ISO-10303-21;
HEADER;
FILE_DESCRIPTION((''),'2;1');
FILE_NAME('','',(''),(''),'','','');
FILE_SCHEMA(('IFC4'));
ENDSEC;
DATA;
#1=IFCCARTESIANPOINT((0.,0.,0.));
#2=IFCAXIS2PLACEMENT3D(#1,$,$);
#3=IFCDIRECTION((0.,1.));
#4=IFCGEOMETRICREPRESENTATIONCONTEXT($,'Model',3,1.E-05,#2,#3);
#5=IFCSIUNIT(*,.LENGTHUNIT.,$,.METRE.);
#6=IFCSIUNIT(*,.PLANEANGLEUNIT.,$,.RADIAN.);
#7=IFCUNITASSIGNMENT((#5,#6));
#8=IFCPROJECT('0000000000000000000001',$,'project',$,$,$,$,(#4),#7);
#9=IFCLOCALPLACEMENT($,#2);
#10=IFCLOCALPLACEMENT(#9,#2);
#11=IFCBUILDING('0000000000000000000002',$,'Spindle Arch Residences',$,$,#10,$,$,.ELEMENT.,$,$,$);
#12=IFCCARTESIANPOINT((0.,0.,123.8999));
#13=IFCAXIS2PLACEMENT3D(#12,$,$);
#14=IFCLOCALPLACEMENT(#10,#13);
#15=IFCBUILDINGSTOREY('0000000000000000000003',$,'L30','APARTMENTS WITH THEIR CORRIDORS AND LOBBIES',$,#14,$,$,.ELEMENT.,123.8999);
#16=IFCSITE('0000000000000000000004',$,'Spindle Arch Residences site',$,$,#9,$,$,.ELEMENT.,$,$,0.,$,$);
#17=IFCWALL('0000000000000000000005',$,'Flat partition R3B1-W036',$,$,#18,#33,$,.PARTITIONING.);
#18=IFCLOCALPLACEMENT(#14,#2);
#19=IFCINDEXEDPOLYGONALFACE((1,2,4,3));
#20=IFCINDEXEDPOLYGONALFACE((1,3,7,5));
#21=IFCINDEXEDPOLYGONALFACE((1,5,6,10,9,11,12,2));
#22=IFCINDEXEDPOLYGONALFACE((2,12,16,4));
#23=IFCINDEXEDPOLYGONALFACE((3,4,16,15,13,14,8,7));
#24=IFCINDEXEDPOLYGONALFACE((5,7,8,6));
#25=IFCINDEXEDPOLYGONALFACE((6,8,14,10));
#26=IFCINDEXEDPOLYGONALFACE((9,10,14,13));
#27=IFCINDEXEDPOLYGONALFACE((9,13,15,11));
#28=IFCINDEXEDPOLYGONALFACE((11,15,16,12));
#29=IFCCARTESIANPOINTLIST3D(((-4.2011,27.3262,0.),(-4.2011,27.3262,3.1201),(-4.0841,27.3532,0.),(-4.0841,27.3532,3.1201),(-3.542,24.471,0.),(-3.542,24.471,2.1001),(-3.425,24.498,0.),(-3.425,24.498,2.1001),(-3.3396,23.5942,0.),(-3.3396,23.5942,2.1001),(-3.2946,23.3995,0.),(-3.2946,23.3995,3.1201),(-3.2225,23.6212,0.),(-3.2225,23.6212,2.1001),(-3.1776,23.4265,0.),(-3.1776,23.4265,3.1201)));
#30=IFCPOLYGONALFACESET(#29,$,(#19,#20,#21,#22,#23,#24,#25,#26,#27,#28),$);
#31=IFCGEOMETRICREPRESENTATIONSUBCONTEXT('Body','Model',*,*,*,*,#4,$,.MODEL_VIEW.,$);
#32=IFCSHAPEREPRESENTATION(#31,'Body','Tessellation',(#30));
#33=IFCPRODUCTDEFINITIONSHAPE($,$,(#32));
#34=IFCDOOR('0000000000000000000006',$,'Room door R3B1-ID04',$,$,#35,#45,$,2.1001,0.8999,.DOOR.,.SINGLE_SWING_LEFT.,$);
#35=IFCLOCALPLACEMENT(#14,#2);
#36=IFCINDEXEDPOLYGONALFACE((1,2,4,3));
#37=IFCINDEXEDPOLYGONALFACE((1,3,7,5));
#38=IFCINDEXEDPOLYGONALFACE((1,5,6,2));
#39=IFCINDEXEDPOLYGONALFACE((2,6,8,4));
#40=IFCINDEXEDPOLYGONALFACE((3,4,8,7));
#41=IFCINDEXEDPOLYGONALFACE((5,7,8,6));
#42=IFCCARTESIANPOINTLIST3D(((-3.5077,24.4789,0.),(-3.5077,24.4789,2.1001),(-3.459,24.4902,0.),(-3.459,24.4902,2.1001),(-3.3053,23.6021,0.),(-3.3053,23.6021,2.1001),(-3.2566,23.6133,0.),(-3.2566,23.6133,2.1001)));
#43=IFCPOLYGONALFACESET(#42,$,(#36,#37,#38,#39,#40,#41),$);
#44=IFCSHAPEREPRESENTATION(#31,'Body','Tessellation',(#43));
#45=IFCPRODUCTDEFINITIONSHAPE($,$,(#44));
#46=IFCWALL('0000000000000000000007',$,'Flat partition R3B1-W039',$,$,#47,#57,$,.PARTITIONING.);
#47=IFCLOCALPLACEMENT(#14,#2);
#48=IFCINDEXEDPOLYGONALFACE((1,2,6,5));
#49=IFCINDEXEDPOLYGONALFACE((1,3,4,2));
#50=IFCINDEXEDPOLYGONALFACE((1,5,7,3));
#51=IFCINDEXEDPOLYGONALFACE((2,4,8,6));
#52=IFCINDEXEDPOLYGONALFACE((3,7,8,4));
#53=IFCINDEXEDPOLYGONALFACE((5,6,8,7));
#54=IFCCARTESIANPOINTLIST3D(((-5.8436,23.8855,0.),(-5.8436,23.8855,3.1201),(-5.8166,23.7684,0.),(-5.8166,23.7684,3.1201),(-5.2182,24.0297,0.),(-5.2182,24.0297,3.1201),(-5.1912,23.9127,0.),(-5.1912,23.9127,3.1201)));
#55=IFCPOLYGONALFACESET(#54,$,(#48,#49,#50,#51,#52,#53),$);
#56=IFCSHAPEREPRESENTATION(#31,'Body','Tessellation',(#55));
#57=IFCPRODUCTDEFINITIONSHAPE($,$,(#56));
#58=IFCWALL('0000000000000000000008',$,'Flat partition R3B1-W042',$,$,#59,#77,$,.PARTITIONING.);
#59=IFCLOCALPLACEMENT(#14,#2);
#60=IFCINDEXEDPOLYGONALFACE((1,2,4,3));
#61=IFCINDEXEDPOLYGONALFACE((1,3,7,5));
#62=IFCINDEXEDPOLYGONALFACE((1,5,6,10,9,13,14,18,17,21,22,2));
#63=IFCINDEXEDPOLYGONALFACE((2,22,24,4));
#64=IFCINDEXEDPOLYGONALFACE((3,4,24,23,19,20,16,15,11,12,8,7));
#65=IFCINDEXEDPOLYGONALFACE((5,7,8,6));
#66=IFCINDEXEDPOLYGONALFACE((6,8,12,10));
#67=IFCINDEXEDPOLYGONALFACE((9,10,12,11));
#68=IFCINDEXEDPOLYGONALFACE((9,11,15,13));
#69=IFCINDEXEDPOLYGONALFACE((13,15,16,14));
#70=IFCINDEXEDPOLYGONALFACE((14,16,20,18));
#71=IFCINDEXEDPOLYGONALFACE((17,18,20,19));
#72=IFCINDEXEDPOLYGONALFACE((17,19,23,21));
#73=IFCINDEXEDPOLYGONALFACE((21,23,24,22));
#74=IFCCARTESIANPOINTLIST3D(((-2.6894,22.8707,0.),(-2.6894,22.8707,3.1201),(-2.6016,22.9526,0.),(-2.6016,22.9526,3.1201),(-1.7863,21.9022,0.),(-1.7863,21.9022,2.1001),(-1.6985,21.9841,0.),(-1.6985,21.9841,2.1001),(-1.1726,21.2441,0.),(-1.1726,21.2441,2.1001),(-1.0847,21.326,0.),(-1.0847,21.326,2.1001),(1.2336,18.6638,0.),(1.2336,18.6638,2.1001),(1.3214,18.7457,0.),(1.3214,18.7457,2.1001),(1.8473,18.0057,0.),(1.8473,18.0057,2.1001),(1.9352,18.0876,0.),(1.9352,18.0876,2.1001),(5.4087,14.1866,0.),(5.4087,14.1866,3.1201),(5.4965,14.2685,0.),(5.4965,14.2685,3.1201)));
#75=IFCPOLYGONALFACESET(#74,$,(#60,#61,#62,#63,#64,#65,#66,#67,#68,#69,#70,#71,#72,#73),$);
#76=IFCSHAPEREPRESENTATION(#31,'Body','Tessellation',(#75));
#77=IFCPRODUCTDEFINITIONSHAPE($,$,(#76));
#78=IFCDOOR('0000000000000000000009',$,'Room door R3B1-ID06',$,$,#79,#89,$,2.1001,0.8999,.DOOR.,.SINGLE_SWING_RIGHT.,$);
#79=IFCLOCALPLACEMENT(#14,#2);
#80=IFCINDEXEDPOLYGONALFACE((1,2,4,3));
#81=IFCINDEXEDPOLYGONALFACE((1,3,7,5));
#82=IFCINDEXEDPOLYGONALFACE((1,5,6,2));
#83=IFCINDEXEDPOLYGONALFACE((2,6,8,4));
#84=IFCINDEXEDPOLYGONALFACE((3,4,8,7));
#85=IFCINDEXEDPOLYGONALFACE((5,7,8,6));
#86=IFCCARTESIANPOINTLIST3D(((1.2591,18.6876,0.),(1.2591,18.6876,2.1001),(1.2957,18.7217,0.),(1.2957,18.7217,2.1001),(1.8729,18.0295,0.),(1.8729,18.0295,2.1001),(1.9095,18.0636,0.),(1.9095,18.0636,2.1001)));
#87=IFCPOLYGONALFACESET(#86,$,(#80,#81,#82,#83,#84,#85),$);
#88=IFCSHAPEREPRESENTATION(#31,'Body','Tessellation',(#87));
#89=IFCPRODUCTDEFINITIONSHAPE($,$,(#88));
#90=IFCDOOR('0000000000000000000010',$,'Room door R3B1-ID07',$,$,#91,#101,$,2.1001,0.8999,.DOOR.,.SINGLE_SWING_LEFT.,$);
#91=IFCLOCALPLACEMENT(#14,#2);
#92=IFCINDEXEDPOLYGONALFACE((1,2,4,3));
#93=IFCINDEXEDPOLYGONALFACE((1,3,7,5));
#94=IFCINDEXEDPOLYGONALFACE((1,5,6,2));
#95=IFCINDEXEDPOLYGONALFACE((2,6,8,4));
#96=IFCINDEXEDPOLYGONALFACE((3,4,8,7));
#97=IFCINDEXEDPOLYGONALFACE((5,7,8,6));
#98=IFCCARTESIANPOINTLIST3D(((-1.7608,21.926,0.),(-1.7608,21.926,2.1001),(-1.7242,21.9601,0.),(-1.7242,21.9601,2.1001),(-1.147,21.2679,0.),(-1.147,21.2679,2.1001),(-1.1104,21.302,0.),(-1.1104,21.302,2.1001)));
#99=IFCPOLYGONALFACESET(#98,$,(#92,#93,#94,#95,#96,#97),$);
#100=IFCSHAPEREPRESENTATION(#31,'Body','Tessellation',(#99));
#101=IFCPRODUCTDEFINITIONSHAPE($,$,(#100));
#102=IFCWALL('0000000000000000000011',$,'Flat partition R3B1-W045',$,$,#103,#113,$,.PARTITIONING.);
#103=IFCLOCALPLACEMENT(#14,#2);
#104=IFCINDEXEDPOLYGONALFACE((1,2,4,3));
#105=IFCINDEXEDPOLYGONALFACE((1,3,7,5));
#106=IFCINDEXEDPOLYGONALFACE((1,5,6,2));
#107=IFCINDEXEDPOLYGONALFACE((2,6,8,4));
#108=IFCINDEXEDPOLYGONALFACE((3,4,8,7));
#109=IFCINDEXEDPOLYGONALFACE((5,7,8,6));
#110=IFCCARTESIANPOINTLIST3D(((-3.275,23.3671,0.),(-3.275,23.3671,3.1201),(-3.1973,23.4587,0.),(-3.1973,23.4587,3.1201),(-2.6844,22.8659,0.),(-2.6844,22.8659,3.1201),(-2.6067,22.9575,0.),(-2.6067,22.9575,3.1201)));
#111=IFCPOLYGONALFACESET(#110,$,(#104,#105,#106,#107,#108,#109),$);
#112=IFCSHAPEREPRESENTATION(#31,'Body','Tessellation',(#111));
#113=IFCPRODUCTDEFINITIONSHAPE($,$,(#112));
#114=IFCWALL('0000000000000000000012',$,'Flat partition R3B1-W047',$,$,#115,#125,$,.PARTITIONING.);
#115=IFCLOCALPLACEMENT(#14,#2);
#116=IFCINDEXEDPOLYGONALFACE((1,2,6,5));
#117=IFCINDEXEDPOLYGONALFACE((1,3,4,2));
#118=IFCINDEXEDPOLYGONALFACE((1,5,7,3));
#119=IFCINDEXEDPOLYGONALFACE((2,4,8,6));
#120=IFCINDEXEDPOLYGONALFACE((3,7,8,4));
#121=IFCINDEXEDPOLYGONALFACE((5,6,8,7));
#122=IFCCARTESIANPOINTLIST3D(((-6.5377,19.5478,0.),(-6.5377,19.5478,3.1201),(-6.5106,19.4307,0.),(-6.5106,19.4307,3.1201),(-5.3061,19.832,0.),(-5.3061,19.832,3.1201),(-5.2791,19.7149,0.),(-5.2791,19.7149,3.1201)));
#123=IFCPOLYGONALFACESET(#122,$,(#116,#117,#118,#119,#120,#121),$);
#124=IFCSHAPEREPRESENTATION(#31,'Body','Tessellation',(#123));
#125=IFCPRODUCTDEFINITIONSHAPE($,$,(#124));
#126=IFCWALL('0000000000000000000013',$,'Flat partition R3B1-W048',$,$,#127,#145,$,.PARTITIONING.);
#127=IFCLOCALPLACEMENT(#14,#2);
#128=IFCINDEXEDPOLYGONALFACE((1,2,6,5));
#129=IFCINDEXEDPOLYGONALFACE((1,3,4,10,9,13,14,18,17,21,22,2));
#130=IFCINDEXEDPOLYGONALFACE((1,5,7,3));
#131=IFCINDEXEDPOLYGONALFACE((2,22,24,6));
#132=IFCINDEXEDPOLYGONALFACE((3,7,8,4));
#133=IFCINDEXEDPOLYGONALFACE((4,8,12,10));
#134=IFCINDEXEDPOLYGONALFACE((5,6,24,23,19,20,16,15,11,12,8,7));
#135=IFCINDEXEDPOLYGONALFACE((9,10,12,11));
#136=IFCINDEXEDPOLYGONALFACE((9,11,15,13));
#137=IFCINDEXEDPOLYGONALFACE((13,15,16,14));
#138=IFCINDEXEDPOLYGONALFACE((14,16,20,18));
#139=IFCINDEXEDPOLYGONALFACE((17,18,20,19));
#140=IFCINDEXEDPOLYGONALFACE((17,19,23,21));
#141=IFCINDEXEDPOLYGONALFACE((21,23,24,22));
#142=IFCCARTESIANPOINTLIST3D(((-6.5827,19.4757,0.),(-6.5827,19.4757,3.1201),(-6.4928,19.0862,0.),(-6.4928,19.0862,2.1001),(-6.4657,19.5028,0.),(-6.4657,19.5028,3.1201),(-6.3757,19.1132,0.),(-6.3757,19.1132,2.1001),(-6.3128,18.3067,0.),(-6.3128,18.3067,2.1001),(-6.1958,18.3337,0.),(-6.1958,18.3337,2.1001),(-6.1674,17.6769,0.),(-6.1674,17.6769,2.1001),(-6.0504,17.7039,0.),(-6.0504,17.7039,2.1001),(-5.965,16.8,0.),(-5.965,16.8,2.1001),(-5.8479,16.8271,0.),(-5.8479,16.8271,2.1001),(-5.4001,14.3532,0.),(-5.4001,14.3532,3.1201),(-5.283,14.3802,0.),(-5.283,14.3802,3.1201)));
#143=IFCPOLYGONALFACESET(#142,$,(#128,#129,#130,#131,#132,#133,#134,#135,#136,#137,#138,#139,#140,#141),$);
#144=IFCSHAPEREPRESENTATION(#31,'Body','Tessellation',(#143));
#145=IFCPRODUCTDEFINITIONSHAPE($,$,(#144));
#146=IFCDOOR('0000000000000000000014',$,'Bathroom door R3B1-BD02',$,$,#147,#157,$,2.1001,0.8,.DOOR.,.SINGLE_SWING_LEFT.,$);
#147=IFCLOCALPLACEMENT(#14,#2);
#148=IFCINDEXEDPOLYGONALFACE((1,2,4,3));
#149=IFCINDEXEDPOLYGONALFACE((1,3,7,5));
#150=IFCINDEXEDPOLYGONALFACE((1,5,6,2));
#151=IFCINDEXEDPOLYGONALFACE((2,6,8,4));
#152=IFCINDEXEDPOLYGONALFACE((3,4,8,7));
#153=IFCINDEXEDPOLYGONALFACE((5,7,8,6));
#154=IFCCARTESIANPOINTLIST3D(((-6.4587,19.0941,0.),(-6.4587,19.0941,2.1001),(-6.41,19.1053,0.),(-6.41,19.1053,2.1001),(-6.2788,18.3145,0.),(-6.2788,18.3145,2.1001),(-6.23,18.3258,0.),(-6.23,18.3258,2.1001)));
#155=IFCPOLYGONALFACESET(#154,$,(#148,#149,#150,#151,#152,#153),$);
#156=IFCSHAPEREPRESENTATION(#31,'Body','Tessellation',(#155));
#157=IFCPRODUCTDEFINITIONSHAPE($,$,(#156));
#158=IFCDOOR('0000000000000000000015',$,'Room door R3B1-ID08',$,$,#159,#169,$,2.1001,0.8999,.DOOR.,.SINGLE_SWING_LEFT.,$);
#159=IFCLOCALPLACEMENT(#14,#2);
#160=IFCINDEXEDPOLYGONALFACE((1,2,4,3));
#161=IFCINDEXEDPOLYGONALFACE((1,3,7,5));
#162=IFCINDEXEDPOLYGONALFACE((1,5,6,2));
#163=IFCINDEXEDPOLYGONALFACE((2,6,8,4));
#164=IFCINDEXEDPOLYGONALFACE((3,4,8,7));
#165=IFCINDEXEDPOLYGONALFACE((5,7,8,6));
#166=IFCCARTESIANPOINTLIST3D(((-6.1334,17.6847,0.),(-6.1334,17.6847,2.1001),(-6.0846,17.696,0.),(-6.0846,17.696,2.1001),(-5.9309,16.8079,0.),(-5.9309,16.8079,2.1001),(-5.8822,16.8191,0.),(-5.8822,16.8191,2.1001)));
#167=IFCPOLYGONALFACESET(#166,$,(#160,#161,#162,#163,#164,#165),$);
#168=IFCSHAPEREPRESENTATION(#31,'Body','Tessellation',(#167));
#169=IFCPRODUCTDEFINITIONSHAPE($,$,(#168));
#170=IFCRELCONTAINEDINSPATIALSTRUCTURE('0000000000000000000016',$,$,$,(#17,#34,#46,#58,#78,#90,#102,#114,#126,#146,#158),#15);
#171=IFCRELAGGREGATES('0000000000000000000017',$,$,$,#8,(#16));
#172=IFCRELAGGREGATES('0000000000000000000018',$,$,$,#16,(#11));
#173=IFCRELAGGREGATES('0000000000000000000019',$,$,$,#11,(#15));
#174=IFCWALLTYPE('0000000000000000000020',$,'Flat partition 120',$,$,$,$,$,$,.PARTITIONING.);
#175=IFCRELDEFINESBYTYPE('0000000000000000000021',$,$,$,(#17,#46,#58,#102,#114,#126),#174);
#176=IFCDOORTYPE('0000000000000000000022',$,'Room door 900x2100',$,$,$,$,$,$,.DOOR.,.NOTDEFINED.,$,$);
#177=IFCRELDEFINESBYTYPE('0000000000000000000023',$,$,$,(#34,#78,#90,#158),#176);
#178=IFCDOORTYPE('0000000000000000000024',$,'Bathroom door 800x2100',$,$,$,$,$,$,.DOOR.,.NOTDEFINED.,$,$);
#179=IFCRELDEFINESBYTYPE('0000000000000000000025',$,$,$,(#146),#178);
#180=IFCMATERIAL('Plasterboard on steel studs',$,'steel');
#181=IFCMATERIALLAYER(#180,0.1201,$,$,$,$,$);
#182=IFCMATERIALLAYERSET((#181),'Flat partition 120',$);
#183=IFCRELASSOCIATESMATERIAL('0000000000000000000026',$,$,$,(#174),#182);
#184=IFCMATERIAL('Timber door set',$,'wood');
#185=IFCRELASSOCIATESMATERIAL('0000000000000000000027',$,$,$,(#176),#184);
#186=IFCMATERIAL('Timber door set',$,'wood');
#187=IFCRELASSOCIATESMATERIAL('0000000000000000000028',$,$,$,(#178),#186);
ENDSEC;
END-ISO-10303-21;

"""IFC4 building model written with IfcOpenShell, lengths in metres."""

from ifc_helpers import new_model, si_unit, direction, frame, frame_2d, origin, place, context, subcontext, project, spatial, rectangle, extrude, material, layer, layer_set, type_object, element, fill, save


model = new_model("IFC4")

# Units and contexts
model_context = context("Model", 3, precision=1e-05, world=origin(), true_north=direction((0.0, 1.0)))
body_context = subcontext(model_context, "Body", "Model", "MODEL_VIEW")
ifc_project = project(units=[si_unit("LENGTHUNIT", "METRE"), si_unit("PLANEANGLEUNIT", "RADIAN")], contexts=[model_context])

# Site, building, storey
site_placement = place(None, origin())
site = spatial("IfcSite", under=ifc_project, at=site_placement, Name="Spindle Arch Residences site", CompositionType="ELEMENT", RefElevation=0.0)
building_placement = place(site_placement, origin())
building = spatial("IfcBuilding", under=site, at=building_placement, Name="Spindle Arch Residences", CompositionType="ELEMENT")
storey_placement = place(building_placement, frame((0.0, 0.0, 123.8999)))
storey = spatial("IfcBuildingStorey", under=building, at=storey_placement, Name="L30", Description="APARTMENTS WITH THEIR CORRIDORS AND LOBBIES", CompositionType="ELEMENT", Elevation=123.8999)

# Wall, opening, door
ifc_material_1 = material(Name="Plasterboard on steel studs", Category="steel")
ifc_layer_1 = layer(ifc_material_1, 0.1201)
ifc_layer_set_1 = layer_set([ifc_layer_1], Name="Flat partition 120")
wall_type_1 = type_object("IfcWallType", Name="Flat partition 120", PredefinedType="PARTITIONING", material=ifc_layer_set_1)
wall_1_placement = place(storey_placement, frame((-3.2361, 23.4128, 0.0), z_axis=(0.0, 0.0, 1.0), x_axis=(-0.224935, 0.974374, 0.0)))
wall_1 = element("IfcWall", 1, at=wall_1_placement, inside=storey, type_object=wall_type_1, Name="Flat partition R3B1-W036", PredefinedType="PARTITIONING", context=body_context, shape_type="SweptSolid", body=[
    extrude(rectangle(XDim=4.03, YDim=0.1201, at=frame_2d((2.0151, 0.0))), origin(), (0.0, 0.0, 1.0), 3.1201),
])
opening_1_placement = place(wall_1_placement, frame((0.2, 0.0, 0.0)))
opening_1 = element("IfcOpeningElement", 2, at=opening_1_placement, cuts=wall_1, PredefinedType="OPENING", context=body_context, shape_type="SweptSolid", body=[
    extrude(rectangle(XDim=0.8999, YDim=2.1001, at=frame_2d((0.45, 1.05))), frame((0.0, 0.0701, 0.0), z_axis=(0.0, -1.0, 0.0), x_axis=(1.0, 0.0, 0.0)), (0.0, 0.0, 1.0), 0.1401),
])
ifc_material_2 = material(Name="Timber door set", Category="wood")
door_type_1 = type_object("IfcDoorType", Name="Room door 900x2100", OperationType="NOTDEFINED", PredefinedType="DOOR", material=ifc_material_2)
door_1_placement = place(opening_1_placement, origin())
door_1 = element("IfcDoor", 3, at=door_1_placement, inside=storey, type_object=door_type_1, Name="Room door R3B1-ID04", OperationType="SINGLE_SWING_LEFT", OverallHeight=2.1001, OverallWidth=0.8999, PredefinedType="DOOR", context=body_context, shape_type="SweptSolid", body=[
    extrude(rectangle(XDim=0.8999, YDim=2.1001, at=frame_2d((0.45, 1.05))), frame((0.0, 0.0249, 0.0), z_axis=(0.0, -1.0, 0.0), x_axis=(1.0, 0.0, 0.0)), (0.0, 0.0, 1.0), 0.05),
])
fill(opening_1, door_1)

# Wall
wall_2_placement = place(storey_placement, frame((-5.2048, 23.9712, 0.0), z_axis=(0.0, 0.0, 1.0), x_axis=(-0.97441, -0.224776, 0.0)))
element("IfcWall", 4, at=wall_2_placement, inside=storey, type_object=wall_type_1, Name="Flat partition R3B1-W039", PredefinedType="PARTITIONING", context=body_context, shape_type="SweptSolid", body=[
    extrude(rectangle(XDim=0.6418, YDim=0.1201, at=frame_2d((0.3208, 0.0))), origin(), (0.0, 0.0, 1.0), 3.1201),
])

# Wall, openings, doors
wall_3_placement = place(storey_placement, frame((-2.6455, 22.9116, 0.0), z_axis=(0.0, 0.0, 1.0), x_axis=(0.682003, -0.731349, 0.0)))
wall_3 = element("IfcWall", 5, at=wall_3_placement, inside=storey, type_object=wall_type_1, Name="Flat partition R3B1-W042", PredefinedType="PARTITIONING", context=body_context, shape_type="SweptSolid", body=[
    extrude(rectangle(XDim=11.874, YDim=0.1201, at=frame_2d((5.937, 0.0))), origin(), (0.0, 0.0, 1.0), 3.1201),
])
opening_2_placement = place(wall_3_placement, frame((5.7522, 0.0, 0.0)))
opening_2 = element("IfcOpeningElement", 6, at=opening_2_placement, cuts=wall_3, PredefinedType="OPENING", context=body_context, shape_type="SweptSolid", body=[
    extrude(rectangle(XDim=0.8999, YDim=2.1001, at=frame_2d((0.45, 1.05))), frame((0.0, 0.0701, 0.0), z_axis=(0.0, -1.0, 0.0), x_axis=(1.0, 0.0, 0.0)), (0.0, 0.0, 1.0), 0.1401),
])
opening_3_placement = place(wall_3_placement, frame((1.3242, 0.0, 0.0)))
opening_3 = element("IfcOpeningElement", 7, at=opening_3_placement, cuts=wall_3, PredefinedType="OPENING", context=body_context, shape_type="SweptSolid", body=[
    extrude(rectangle(XDim=0.8999, YDim=2.1001, at=frame_2d((0.45, 1.05))), frame((0.0, 0.0701, 0.0), z_axis=(0.0, -1.0, 0.0), x_axis=(1.0, 0.0, 0.0)), (0.0, 0.0, 1.0), 0.1401),
])
door_2_placement = place(opening_2_placement, origin())
door_2 = element("IfcDoor", 8, at=door_2_placement, inside=storey, type_object=door_type_1, Name="Room door R3B1-ID06", OperationType="SINGLE_SWING_RIGHT", OverallHeight=2.1001, OverallWidth=0.8999, PredefinedType="DOOR", context=body_context, shape_type="SweptSolid", body=[
    extrude(rectangle(XDim=0.8999, YDim=2.1001, at=frame_2d((0.45, 1.05))), frame((0.0, 0.0249, 0.0), z_axis=(0.0, -1.0, 0.0), x_axis=(1.0, 0.0, 0.0)), (0.0, 0.0, 1.0), 0.05),
])
fill(opening_2, door_2)
door_3_placement = place(opening_3_placement, origin())
door_3 = element("IfcDoor", 9, at=door_3_placement, inside=storey, type_object=door_type_1, Name="Room door R3B1-ID07", OperationType="SINGLE_SWING_LEFT", OverallHeight=2.1001, OverallWidth=0.8999, PredefinedType="DOOR", context=body_context, shape_type="SweptSolid", body=[
    extrude(rectangle(XDim=0.8999, YDim=2.1001, at=frame_2d((0.45, 1.05))), frame((0.0, 0.0249, 0.0), z_axis=(0.0, -1.0, 0.0), x_axis=(1.0, 0.0, 0.0)), (0.0, 0.0, 1.0), 0.05),
])
fill(opening_3, door_3)

# Walls
wall_4_placement = place(storey_placement, frame((-3.2361, 23.4128, 0.0), z_axis=(0.0, 0.0, 1.0), x_axis=(0.762429, -0.647072, 0.0)))
element("IfcWall", 10, at=wall_4_placement, inside=storey, type_object=wall_type_1, Name="Flat partition R3B1-W045", PredefinedType="PARTITIONING", context=body_context, shape_type="SweptSolid", body=[
    extrude(rectangle(XDim=0.7747, YDim=0.1201, at=frame_2d((0.3872, 0.0))), origin(), (0.0, 0.0, 1.0), 3.1201),
])
wall_5_placement = place(storey_placement, frame((-5.2927, 19.7734, 0.0), z_axis=(0.0, 0.0, 1.0), x_axis=(-0.974391, -0.22486, 0.0)))
element("IfcWall", 11, at=wall_5_placement, inside=storey, type_object=wall_type_1, Name="Flat partition R3B1-W047", PredefinedType="PARTITIONING", context=body_context, shape_type="SweptSolid", body=[
    extrude(rectangle(XDim=1.2639, YDim=0.1201, at=frame_2d((0.6318, 0.0))), origin(), (0.0, 0.0, 1.0), 3.1201),
])

# Wall, openings, doors
wall_6_placement = place(storey_placement, frame((-6.5242, 19.4893, 0.0), z_axis=(0.0, 0.0, 1.0), x_axis=(0.224948, -0.974371, 0.0)))
wall_6 = element("IfcWall", 12, at=wall_6_placement, inside=storey, type_object=wall_type_1, Name="Flat partition R3B1-W048", PredefinedType="PARTITIONING", context=body_context, shape_type="SweptSolid", body=[
    extrude(rectangle(XDim=5.2573, YDim=0.1201, at=frame_2d((2.6287, 0.0))), origin(), (0.0, 0.0, 1.0), 3.1201),
])
opening_4_placement = place(wall_6_placement, frame((0.3999, 0.0, 0.0)))
opening_4 = element("IfcOpeningElement", 13, at=opening_4_placement, cuts=wall_6, PredefinedType="OPENING", context=body_context, shape_type="SweptSolid", body=[
    extrude(rectangle(XDim=0.8, YDim=2.1001, at=frame_2d((0.3999, 1.05))), frame((0.0, 0.0701, 0.0), z_axis=(0.0, -1.0, 0.0), x_axis=(1.0, 0.0, 0.0)), (0.0, 0.0, 1.0), 0.1401),
])
opening_5_placement = place(wall_6_placement, frame((1.8462, 0.0, 0.0)))
opening_5 = element("IfcOpeningElement", 14, at=opening_5_placement, cuts=wall_6, PredefinedType="OPENING", context=body_context, shape_type="SweptSolid", body=[
    extrude(rectangle(XDim=0.8999, YDim=2.1001, at=frame_2d((0.45, 1.05))), frame((0.0, 0.0701, 0.0), z_axis=(0.0, -1.0, 0.0), x_axis=(1.0, 0.0, 0.0)), (0.0, 0.0, 1.0), 0.1401),
])
ifc_material_3 = material(Name="Timber door set", Category="wood")
door_type_2 = type_object("IfcDoorType", Name="Bathroom door 800x2100", OperationType="NOTDEFINED", PredefinedType="DOOR", material=ifc_material_3)
door_4_placement = place(opening_4_placement, origin())
door_4 = element("IfcDoor", 15, at=door_4_placement, inside=storey, type_object=door_type_2, Name="Bathroom door R3B1-BD02", OperationType="SINGLE_SWING_LEFT", OverallHeight=2.1001, OverallWidth=0.8, PredefinedType="DOOR", context=body_context, shape_type="SweptSolid", body=[
    extrude(rectangle(XDim=0.8, YDim=2.1001, at=frame_2d((0.3999, 1.05))), frame((0.0, 0.0249, 0.0), z_axis=(0.0, -1.0, 0.0), x_axis=(1.0, 0.0, 0.0)), (0.0, 0.0, 1.0), 0.05),
])
fill(opening_4, door_4)
door_5_placement = place(opening_5_placement, origin())
door_5 = element("IfcDoor", 16, at=door_5_placement, inside=storey, type_object=door_type_1, Name="Room door R3B1-ID08", OperationType="SINGLE_SWING_LEFT", OverallHeight=2.1001, OverallWidth=0.8999, PredefinedType="DOOR", context=body_context, shape_type="SweptSolid", body=[
    extrude(rectangle(XDim=0.8999, YDim=2.1001, at=frame_2d((0.45, 1.05))), frame((0.0, 0.0249, 0.0), z_axis=(0.0, -1.0, 0.0), x_axis=(1.0, 0.0, 0.0)), (0.0, 0.0, 1.0), 0.05),
])
fill(opening_5, door_5)

save(model, "model.ifc")
